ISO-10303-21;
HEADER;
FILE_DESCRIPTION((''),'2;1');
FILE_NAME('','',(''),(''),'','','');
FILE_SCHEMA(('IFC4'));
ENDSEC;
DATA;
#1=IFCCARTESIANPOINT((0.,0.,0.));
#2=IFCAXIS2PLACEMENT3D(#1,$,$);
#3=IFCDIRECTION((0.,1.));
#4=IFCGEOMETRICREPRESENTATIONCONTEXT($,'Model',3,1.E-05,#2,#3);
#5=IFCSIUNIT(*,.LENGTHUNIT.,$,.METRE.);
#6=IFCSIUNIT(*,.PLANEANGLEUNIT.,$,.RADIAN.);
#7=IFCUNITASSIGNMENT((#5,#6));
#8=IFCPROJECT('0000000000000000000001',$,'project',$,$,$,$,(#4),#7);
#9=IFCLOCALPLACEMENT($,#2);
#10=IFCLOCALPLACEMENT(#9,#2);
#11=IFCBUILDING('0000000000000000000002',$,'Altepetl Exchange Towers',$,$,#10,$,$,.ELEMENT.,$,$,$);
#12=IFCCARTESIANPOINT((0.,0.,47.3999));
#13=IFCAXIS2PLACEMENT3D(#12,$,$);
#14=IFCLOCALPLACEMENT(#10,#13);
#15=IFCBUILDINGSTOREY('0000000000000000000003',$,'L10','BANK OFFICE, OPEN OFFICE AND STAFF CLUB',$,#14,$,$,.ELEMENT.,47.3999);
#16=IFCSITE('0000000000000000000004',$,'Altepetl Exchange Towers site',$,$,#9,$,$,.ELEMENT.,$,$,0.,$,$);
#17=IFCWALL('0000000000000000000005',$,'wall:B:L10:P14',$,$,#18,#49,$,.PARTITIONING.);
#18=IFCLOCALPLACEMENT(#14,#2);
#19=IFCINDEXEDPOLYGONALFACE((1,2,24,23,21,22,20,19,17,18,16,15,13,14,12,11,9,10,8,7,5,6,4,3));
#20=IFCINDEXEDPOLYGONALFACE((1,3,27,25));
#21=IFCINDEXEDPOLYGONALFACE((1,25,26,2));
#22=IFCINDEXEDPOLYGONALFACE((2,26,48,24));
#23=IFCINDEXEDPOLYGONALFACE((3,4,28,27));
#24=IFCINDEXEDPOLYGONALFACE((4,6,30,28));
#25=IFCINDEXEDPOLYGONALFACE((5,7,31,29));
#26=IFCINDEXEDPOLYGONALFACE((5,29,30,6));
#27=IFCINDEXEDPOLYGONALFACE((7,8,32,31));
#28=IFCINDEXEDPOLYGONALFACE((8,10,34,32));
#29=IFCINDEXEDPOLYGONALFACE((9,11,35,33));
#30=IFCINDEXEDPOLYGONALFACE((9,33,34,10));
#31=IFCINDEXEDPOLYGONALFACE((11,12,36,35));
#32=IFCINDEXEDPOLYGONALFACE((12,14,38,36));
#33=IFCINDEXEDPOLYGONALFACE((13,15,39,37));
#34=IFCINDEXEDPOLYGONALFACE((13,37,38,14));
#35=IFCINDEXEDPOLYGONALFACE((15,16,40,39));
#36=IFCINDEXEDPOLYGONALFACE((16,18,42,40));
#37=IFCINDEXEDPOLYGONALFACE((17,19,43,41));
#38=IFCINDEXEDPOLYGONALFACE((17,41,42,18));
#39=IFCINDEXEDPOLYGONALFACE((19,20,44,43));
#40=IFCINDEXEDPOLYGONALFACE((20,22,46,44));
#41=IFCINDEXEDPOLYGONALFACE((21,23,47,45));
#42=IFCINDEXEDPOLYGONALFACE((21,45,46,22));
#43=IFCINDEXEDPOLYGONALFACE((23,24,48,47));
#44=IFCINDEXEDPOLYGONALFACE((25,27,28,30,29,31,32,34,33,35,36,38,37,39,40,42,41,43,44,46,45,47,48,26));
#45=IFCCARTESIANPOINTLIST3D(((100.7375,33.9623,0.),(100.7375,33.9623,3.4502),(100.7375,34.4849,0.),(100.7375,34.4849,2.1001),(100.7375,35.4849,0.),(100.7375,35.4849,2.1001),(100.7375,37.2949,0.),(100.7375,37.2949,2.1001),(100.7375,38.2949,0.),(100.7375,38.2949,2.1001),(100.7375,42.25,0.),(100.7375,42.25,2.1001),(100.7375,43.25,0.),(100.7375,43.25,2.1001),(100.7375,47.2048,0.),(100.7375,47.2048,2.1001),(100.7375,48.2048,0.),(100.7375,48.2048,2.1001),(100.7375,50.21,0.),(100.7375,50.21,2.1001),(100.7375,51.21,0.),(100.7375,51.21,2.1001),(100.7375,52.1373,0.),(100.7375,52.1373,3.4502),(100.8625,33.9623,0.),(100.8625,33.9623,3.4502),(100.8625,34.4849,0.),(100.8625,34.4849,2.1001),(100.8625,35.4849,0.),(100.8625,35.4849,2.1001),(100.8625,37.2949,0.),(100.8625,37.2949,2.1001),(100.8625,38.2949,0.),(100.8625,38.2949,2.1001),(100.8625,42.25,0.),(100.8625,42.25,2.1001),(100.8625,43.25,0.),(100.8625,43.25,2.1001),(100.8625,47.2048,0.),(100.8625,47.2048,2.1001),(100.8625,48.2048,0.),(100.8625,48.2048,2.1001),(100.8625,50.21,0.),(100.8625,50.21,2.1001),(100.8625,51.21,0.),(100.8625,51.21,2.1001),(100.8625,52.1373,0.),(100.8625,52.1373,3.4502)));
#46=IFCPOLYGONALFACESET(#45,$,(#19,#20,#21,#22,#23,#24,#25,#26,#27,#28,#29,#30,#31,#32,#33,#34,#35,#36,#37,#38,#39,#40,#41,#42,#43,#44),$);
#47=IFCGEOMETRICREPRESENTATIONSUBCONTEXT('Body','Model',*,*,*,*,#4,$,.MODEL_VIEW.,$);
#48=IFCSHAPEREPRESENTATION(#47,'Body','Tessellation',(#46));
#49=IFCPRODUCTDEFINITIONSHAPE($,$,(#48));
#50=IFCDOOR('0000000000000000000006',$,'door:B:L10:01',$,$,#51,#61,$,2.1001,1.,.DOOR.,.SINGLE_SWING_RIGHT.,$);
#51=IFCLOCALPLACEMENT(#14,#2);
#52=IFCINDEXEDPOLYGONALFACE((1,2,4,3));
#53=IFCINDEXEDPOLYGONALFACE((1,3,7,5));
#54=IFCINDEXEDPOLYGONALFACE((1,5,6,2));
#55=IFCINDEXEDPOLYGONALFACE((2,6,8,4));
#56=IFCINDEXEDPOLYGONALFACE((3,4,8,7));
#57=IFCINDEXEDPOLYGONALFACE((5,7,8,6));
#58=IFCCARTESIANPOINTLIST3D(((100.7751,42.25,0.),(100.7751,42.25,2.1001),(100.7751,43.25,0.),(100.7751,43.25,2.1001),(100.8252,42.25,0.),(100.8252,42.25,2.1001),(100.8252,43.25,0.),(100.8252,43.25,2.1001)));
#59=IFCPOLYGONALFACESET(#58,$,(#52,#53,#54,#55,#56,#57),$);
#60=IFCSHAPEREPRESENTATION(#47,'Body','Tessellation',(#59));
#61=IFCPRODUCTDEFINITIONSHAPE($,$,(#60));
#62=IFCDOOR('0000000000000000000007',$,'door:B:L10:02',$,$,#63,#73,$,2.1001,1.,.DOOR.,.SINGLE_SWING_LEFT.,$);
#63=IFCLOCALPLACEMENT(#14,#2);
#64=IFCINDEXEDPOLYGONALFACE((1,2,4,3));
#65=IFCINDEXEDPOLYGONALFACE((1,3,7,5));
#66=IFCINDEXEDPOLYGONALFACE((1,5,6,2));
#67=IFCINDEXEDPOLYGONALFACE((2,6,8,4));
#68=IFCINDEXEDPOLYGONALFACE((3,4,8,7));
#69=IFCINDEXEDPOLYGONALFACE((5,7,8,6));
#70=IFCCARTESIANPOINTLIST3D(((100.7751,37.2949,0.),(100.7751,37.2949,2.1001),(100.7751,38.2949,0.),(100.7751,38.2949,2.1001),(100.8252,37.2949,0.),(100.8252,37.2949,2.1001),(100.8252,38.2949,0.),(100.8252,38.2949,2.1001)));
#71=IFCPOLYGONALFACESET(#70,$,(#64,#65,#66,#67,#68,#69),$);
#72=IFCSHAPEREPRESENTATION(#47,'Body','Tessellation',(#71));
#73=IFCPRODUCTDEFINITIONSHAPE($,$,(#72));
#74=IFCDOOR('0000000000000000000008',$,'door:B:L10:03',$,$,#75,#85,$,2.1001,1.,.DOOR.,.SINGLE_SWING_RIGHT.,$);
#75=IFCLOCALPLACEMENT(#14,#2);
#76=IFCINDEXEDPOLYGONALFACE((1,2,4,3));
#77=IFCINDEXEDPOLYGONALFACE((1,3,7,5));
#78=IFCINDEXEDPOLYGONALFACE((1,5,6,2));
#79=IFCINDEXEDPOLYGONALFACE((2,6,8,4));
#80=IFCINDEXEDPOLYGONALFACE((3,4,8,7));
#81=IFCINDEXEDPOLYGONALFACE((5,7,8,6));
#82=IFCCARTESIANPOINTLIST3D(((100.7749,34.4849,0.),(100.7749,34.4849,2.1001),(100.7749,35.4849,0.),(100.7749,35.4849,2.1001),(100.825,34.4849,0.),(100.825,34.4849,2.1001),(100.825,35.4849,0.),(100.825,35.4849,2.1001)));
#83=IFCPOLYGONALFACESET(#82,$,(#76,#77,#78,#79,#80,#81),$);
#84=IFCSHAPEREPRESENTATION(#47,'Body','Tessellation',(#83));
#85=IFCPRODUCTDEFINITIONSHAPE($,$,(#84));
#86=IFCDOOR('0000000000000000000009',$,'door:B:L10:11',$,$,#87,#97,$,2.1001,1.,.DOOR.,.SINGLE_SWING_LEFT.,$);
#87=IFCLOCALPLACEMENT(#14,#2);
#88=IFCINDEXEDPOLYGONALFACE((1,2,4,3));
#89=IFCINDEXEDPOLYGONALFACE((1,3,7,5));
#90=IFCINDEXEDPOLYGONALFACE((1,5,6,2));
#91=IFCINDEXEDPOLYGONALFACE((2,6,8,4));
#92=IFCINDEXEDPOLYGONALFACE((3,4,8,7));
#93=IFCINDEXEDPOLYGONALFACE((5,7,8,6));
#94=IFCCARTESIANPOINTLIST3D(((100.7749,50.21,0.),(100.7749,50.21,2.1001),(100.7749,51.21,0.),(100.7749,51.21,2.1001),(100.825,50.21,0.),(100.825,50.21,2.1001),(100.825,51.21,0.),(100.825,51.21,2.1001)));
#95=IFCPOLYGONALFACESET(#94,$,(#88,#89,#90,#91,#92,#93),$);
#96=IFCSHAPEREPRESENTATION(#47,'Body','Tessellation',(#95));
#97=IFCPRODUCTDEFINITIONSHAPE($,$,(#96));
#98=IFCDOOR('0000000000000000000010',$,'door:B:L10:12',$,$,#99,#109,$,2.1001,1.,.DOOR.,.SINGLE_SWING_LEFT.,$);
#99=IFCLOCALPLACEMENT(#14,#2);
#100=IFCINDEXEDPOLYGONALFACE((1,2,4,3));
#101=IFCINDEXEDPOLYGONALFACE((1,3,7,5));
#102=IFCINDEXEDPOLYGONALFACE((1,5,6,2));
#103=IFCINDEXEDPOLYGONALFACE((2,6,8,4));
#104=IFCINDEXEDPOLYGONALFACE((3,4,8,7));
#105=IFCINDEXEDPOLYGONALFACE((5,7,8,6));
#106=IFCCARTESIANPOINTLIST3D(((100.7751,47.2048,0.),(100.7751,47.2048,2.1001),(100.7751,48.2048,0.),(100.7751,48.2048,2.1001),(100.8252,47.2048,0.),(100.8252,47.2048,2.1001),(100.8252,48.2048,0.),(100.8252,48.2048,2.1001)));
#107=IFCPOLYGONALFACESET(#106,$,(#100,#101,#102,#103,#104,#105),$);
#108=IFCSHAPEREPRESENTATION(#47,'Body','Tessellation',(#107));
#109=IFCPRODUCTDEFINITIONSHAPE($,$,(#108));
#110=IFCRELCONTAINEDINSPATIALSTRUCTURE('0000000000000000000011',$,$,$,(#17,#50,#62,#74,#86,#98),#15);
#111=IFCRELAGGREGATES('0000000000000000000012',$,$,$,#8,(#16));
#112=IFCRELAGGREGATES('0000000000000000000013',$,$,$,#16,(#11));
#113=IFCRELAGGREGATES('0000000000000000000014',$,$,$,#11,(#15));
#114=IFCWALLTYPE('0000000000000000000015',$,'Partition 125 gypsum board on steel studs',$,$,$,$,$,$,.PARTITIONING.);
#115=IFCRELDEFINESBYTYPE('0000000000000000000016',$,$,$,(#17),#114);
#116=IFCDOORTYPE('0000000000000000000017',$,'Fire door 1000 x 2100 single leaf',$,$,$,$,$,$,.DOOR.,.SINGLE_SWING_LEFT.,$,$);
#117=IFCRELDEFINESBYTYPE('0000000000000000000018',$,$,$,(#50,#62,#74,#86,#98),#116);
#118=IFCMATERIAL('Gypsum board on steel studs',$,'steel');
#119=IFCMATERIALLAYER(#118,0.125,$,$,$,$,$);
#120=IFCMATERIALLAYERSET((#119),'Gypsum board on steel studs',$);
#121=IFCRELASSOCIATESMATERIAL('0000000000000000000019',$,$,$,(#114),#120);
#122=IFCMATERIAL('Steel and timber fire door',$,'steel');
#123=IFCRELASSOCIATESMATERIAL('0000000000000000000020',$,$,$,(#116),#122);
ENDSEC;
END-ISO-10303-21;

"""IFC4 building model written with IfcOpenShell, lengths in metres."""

from ifc_helpers import new_model, si_unit, direction, frame, frame_2d, origin, place, context, subcontext, project, spatial, rectangle, extrude, material, layer, layer_set, type_object, element, fill, save


model = new_model("IFC4")

# Units and contexts
model_context = context("Model", 3, precision=1e-05, world=origin(), true_north=direction((0.0, 1.0)))
body_context = subcontext(model_context, "Body", "Model", "MODEL_VIEW")
ifc_project = project(units=[si_unit("LENGTHUNIT", "METRE"), si_unit("PLANEANGLEUNIT", "RADIAN")], contexts=[model_context])

# Site, building, storey
site_placement = place(None, origin())
site = spatial("IfcSite", under=ifc_project, at=site_placement, Name="Altepetl Exchange Towers site", CompositionType="ELEMENT", RefElevation=0.0)
building_placement = place(site_placement, origin())
building = spatial("IfcBuilding", under=site, at=building_placement, Name="Altepetl Exchange Towers", CompositionType="ELEMENT")
storey_placement = place(building_placement, frame((0.0, 0.0, 47.3999)))
storey = spatial("IfcBuildingStorey", under=building, at=storey_placement, Name="L10", Description="BANK OFFICE, OPEN OFFICE AND STAFF CLUB", CompositionType="ELEMENT", Elevation=47.3999)

# Shared definitions
ifc_material_1 = material(Name="Gypsum board on steel studs", Category="steel")
ifc_layer_1 = layer(ifc_material_1, 0.125)
ifc_layer_set_1 = layer_set([ifc_layer_1], Name="Gypsum board on steel studs")
wall_type_1 = type_object("IfcWallType", Name="Partition 125 gypsum board on steel studs", PredefinedType="PARTITIONING", material=ifc_layer_set_1)
ifc_material_2 = material(Name="Steel and timber fire door", Category="steel")
door_type = type_object("IfcDoorType", Name="Fire door 1000 x 2100 single leaf", OperationType="SINGLE_SWING_LEFT", PredefinedType="DOOR", material=ifc_material_2)

# Wall, openings, doors
wall_1_placement = place(storey_placement, frame((100.8, 33.9624, 0.0), z_axis=(0.0, 0.0, 1.0), x_axis=(0.0, 1.0, 0.0)))
wall_1 = element("IfcWall", 1, at=wall_1_placement, inside=storey, type_object=wall_type_1, Name="wall:B:L10:P14", PredefinedType="PARTITIONING", context=body_context, shape_type="SweptSolid", body=[
    extrude(rectangle(XDim=18.175, YDim=0.125, at=frame_2d((9.0874, 0.0))), origin(), (0.0, 0.0, 1.0), 3.4502),
])
opening_1_placement = place(wall_1_placement, frame((8.2876, 0.0, 0.0)))
opening_1 = element("IfcOpeningElement", 2, at=opening_1_placement, cuts=wall_1, PredefinedType="OPENING", context=body_context, shape_type="SweptSolid", body=[
    extrude(rectangle(XDim=1.0, YDim=2.1001, at=frame_2d((0.5, 1.05))), frame((0.0, 0.0725, 0.0), z_axis=(0.0, -1.0, 0.0), x_axis=(1.0, 0.0, 0.0)), (0.0, 0.0, 1.0), 0.145),
])
opening_2_placement = place(wall_1_placement, frame((3.3325, 0.0, 0.0)))
opening_2 = element("IfcOpeningElement", 3, at=opening_2_placement, cuts=wall_1, PredefinedType="OPENING", context=body_context, shape_type="SweptSolid", body=[
    extrude(rectangle(XDim=1.0, YDim=2.1001, at=frame_2d((0.5, 1.05))), frame((0.0, 0.0725, 0.0), z_axis=(0.0, -1.0, 0.0), x_axis=(1.0, 0.0, 0.0)), (0.0, 0.0, 1.0), 0.145),
])
opening_3_placement = place(wall_1_placement, frame((0.5225, 0.0, 0.0)))
opening_3 = element("IfcOpeningElement", 4, at=opening_3_placement, cuts=wall_1, PredefinedType="OPENING", context=body_context, shape_type="SweptSolid", body=[
    extrude(rectangle(XDim=1.0, YDim=2.1001, at=frame_2d((0.5, 1.05))), frame((0.0, 0.0725, 0.0), z_axis=(0.0, -1.0, 0.0), x_axis=(1.0, 0.0, 0.0)), (0.0, 0.0, 1.0), 0.145),
])
opening_4_placement = place(wall_1_placement, frame((16.2476, 0.0, 0.0)))
opening_4 = element("IfcOpeningElement", 5, at=opening_4_placement, cuts=wall_1, PredefinedType="OPENING", context=body_context, shape_type="SweptSolid", body=[
    extrude(rectangle(XDim=1.0, YDim=2.1001, at=frame_2d((0.5, 1.05))), frame((0.0, 0.0725, 0.0), z_axis=(0.0, -1.0, 0.0), x_axis=(1.0, 0.0, 0.0)), (0.0, 0.0, 1.0), 0.145),
])
opening_5_placement = place(wall_1_placement, frame((13.2424, 0.0, 0.0)))
opening_5 = element("IfcOpeningElement", 6, at=opening_5_placement, cuts=wall_1, PredefinedType="OPENING", context=body_context, shape_type="SweptSolid", body=[
    extrude(rectangle(XDim=1.0, YDim=2.1001, at=frame_2d((0.5, 1.05))), frame((0.0, 0.0725, 0.0), z_axis=(0.0, -1.0, 0.0), x_axis=(1.0, 0.0, 0.0)), (0.0, 0.0, 1.0), 0.145),
])
door_1_placement = place(opening_1_placement, origin())
door_1 = element("IfcDoor", 7, at=door_1_placement, inside=storey, type_object=door_type, Name="door:B:L10:01", OperationType="SINGLE_SWING_RIGHT", OverallHeight=2.1001, OverallWidth=1.0, PredefinedType="DOOR", context=body_context, shape_type="SweptSolid", body=[
    extrude(rectangle(XDim=1.0, YDim=2.1001, at=frame_2d((0.5, 1.05))), frame((0.0, 0.0249, 0.0), z_axis=(0.0, -1.0, 0.0), x_axis=(1.0, 0.0, 0.0)), (0.0, 0.0, 1.0), 0.05),
])
fill(opening_1, door_1)
door_2_placement = place(opening_2_placement, origin())
door_2 = element("IfcDoor", 8, at=door_2_placement, inside=storey, type_object=door_type, Name="door:B:L10:02", OperationType="SINGLE_SWING_LEFT", OverallHeight=2.1001, OverallWidth=1.0, PredefinedType="DOOR", context=body_context, shape_type="SweptSolid", body=[
    extrude(rectangle(XDim=1.0, YDim=2.1001, at=frame_2d((0.5, 1.05))), frame((0.0, 0.0249, 0.0), z_axis=(0.0, -1.0, 0.0), x_axis=(1.0, 0.0, 0.0)), (0.0, 0.0, 1.0), 0.05),
])
fill(opening_2, door_2)
door_3_placement = place(opening_3_placement, frame((1.0, 0.0, 0.0), x_axis=(-1.0, 0.0, 0.0)))
door_3 = element("IfcDoor", 9, at=door_3_placement, inside=storey, type_object=door_type, Name="door:B:L10:03", OperationType="SINGLE_SWING_RIGHT", OverallHeight=2.1001, OverallWidth=1.0, PredefinedType="DOOR", context=body_context, shape_type="SweptSolid", body=[
    extrude(rectangle(XDim=1.0, YDim=2.1001, at=frame_2d((0.5, 1.05))), frame((0.0, 0.0249, 0.0), z_axis=(0.0, -1.0, 0.0), x_axis=(1.0, 0.0, 0.0)), (0.0, 0.0, 1.0), 0.05),
])
fill(opening_3, door_3)
door_4_placement = place(opening_4_placement, frame((1.0, 0.0, 0.0), x_axis=(-1.0, 0.0, 0.0)))
door_4 = element("IfcDoor", 10, at=door_4_placement, inside=storey, type_object=door_type, Name="door:B:L10:11", OperationType="SINGLE_SWING_LEFT", OverallHeight=2.1001, OverallWidth=1.0, PredefinedType="DOOR", context=body_context, shape_type="SweptSolid", body=[
    extrude(rectangle(XDim=1.0, YDim=2.1001, at=frame_2d((0.5, 1.05))), frame((0.0, 0.0249, 0.0), z_axis=(0.0, -1.0, 0.0), x_axis=(1.0, 0.0, 0.0)), (0.0, 0.0, 1.0), 0.05),
])
fill(opening_4, door_4)
door_5_placement = place(opening_5_placement, origin())
door_5 = element("IfcDoor", 11, at=door_5_placement, inside=storey, type_object=door_type, Name="door:B:L10:12", OperationType="SINGLE_SWING_LEFT", OverallHeight=2.1001, OverallWidth=1.0, PredefinedType="DOOR", context=body_context, shape_type="SweptSolid", body=[
    extrude(rectangle(XDim=1.0, YDim=2.1001, at=frame_2d((0.5, 1.05))), frame((0.0, 0.0249, 0.0), z_axis=(0.0, -1.0, 0.0), x_axis=(1.0, 0.0, 0.0)), (0.0, 0.0, 1.0), 0.05),
])
fill(opening_5, door_5)

save(model, "model.ifc")
